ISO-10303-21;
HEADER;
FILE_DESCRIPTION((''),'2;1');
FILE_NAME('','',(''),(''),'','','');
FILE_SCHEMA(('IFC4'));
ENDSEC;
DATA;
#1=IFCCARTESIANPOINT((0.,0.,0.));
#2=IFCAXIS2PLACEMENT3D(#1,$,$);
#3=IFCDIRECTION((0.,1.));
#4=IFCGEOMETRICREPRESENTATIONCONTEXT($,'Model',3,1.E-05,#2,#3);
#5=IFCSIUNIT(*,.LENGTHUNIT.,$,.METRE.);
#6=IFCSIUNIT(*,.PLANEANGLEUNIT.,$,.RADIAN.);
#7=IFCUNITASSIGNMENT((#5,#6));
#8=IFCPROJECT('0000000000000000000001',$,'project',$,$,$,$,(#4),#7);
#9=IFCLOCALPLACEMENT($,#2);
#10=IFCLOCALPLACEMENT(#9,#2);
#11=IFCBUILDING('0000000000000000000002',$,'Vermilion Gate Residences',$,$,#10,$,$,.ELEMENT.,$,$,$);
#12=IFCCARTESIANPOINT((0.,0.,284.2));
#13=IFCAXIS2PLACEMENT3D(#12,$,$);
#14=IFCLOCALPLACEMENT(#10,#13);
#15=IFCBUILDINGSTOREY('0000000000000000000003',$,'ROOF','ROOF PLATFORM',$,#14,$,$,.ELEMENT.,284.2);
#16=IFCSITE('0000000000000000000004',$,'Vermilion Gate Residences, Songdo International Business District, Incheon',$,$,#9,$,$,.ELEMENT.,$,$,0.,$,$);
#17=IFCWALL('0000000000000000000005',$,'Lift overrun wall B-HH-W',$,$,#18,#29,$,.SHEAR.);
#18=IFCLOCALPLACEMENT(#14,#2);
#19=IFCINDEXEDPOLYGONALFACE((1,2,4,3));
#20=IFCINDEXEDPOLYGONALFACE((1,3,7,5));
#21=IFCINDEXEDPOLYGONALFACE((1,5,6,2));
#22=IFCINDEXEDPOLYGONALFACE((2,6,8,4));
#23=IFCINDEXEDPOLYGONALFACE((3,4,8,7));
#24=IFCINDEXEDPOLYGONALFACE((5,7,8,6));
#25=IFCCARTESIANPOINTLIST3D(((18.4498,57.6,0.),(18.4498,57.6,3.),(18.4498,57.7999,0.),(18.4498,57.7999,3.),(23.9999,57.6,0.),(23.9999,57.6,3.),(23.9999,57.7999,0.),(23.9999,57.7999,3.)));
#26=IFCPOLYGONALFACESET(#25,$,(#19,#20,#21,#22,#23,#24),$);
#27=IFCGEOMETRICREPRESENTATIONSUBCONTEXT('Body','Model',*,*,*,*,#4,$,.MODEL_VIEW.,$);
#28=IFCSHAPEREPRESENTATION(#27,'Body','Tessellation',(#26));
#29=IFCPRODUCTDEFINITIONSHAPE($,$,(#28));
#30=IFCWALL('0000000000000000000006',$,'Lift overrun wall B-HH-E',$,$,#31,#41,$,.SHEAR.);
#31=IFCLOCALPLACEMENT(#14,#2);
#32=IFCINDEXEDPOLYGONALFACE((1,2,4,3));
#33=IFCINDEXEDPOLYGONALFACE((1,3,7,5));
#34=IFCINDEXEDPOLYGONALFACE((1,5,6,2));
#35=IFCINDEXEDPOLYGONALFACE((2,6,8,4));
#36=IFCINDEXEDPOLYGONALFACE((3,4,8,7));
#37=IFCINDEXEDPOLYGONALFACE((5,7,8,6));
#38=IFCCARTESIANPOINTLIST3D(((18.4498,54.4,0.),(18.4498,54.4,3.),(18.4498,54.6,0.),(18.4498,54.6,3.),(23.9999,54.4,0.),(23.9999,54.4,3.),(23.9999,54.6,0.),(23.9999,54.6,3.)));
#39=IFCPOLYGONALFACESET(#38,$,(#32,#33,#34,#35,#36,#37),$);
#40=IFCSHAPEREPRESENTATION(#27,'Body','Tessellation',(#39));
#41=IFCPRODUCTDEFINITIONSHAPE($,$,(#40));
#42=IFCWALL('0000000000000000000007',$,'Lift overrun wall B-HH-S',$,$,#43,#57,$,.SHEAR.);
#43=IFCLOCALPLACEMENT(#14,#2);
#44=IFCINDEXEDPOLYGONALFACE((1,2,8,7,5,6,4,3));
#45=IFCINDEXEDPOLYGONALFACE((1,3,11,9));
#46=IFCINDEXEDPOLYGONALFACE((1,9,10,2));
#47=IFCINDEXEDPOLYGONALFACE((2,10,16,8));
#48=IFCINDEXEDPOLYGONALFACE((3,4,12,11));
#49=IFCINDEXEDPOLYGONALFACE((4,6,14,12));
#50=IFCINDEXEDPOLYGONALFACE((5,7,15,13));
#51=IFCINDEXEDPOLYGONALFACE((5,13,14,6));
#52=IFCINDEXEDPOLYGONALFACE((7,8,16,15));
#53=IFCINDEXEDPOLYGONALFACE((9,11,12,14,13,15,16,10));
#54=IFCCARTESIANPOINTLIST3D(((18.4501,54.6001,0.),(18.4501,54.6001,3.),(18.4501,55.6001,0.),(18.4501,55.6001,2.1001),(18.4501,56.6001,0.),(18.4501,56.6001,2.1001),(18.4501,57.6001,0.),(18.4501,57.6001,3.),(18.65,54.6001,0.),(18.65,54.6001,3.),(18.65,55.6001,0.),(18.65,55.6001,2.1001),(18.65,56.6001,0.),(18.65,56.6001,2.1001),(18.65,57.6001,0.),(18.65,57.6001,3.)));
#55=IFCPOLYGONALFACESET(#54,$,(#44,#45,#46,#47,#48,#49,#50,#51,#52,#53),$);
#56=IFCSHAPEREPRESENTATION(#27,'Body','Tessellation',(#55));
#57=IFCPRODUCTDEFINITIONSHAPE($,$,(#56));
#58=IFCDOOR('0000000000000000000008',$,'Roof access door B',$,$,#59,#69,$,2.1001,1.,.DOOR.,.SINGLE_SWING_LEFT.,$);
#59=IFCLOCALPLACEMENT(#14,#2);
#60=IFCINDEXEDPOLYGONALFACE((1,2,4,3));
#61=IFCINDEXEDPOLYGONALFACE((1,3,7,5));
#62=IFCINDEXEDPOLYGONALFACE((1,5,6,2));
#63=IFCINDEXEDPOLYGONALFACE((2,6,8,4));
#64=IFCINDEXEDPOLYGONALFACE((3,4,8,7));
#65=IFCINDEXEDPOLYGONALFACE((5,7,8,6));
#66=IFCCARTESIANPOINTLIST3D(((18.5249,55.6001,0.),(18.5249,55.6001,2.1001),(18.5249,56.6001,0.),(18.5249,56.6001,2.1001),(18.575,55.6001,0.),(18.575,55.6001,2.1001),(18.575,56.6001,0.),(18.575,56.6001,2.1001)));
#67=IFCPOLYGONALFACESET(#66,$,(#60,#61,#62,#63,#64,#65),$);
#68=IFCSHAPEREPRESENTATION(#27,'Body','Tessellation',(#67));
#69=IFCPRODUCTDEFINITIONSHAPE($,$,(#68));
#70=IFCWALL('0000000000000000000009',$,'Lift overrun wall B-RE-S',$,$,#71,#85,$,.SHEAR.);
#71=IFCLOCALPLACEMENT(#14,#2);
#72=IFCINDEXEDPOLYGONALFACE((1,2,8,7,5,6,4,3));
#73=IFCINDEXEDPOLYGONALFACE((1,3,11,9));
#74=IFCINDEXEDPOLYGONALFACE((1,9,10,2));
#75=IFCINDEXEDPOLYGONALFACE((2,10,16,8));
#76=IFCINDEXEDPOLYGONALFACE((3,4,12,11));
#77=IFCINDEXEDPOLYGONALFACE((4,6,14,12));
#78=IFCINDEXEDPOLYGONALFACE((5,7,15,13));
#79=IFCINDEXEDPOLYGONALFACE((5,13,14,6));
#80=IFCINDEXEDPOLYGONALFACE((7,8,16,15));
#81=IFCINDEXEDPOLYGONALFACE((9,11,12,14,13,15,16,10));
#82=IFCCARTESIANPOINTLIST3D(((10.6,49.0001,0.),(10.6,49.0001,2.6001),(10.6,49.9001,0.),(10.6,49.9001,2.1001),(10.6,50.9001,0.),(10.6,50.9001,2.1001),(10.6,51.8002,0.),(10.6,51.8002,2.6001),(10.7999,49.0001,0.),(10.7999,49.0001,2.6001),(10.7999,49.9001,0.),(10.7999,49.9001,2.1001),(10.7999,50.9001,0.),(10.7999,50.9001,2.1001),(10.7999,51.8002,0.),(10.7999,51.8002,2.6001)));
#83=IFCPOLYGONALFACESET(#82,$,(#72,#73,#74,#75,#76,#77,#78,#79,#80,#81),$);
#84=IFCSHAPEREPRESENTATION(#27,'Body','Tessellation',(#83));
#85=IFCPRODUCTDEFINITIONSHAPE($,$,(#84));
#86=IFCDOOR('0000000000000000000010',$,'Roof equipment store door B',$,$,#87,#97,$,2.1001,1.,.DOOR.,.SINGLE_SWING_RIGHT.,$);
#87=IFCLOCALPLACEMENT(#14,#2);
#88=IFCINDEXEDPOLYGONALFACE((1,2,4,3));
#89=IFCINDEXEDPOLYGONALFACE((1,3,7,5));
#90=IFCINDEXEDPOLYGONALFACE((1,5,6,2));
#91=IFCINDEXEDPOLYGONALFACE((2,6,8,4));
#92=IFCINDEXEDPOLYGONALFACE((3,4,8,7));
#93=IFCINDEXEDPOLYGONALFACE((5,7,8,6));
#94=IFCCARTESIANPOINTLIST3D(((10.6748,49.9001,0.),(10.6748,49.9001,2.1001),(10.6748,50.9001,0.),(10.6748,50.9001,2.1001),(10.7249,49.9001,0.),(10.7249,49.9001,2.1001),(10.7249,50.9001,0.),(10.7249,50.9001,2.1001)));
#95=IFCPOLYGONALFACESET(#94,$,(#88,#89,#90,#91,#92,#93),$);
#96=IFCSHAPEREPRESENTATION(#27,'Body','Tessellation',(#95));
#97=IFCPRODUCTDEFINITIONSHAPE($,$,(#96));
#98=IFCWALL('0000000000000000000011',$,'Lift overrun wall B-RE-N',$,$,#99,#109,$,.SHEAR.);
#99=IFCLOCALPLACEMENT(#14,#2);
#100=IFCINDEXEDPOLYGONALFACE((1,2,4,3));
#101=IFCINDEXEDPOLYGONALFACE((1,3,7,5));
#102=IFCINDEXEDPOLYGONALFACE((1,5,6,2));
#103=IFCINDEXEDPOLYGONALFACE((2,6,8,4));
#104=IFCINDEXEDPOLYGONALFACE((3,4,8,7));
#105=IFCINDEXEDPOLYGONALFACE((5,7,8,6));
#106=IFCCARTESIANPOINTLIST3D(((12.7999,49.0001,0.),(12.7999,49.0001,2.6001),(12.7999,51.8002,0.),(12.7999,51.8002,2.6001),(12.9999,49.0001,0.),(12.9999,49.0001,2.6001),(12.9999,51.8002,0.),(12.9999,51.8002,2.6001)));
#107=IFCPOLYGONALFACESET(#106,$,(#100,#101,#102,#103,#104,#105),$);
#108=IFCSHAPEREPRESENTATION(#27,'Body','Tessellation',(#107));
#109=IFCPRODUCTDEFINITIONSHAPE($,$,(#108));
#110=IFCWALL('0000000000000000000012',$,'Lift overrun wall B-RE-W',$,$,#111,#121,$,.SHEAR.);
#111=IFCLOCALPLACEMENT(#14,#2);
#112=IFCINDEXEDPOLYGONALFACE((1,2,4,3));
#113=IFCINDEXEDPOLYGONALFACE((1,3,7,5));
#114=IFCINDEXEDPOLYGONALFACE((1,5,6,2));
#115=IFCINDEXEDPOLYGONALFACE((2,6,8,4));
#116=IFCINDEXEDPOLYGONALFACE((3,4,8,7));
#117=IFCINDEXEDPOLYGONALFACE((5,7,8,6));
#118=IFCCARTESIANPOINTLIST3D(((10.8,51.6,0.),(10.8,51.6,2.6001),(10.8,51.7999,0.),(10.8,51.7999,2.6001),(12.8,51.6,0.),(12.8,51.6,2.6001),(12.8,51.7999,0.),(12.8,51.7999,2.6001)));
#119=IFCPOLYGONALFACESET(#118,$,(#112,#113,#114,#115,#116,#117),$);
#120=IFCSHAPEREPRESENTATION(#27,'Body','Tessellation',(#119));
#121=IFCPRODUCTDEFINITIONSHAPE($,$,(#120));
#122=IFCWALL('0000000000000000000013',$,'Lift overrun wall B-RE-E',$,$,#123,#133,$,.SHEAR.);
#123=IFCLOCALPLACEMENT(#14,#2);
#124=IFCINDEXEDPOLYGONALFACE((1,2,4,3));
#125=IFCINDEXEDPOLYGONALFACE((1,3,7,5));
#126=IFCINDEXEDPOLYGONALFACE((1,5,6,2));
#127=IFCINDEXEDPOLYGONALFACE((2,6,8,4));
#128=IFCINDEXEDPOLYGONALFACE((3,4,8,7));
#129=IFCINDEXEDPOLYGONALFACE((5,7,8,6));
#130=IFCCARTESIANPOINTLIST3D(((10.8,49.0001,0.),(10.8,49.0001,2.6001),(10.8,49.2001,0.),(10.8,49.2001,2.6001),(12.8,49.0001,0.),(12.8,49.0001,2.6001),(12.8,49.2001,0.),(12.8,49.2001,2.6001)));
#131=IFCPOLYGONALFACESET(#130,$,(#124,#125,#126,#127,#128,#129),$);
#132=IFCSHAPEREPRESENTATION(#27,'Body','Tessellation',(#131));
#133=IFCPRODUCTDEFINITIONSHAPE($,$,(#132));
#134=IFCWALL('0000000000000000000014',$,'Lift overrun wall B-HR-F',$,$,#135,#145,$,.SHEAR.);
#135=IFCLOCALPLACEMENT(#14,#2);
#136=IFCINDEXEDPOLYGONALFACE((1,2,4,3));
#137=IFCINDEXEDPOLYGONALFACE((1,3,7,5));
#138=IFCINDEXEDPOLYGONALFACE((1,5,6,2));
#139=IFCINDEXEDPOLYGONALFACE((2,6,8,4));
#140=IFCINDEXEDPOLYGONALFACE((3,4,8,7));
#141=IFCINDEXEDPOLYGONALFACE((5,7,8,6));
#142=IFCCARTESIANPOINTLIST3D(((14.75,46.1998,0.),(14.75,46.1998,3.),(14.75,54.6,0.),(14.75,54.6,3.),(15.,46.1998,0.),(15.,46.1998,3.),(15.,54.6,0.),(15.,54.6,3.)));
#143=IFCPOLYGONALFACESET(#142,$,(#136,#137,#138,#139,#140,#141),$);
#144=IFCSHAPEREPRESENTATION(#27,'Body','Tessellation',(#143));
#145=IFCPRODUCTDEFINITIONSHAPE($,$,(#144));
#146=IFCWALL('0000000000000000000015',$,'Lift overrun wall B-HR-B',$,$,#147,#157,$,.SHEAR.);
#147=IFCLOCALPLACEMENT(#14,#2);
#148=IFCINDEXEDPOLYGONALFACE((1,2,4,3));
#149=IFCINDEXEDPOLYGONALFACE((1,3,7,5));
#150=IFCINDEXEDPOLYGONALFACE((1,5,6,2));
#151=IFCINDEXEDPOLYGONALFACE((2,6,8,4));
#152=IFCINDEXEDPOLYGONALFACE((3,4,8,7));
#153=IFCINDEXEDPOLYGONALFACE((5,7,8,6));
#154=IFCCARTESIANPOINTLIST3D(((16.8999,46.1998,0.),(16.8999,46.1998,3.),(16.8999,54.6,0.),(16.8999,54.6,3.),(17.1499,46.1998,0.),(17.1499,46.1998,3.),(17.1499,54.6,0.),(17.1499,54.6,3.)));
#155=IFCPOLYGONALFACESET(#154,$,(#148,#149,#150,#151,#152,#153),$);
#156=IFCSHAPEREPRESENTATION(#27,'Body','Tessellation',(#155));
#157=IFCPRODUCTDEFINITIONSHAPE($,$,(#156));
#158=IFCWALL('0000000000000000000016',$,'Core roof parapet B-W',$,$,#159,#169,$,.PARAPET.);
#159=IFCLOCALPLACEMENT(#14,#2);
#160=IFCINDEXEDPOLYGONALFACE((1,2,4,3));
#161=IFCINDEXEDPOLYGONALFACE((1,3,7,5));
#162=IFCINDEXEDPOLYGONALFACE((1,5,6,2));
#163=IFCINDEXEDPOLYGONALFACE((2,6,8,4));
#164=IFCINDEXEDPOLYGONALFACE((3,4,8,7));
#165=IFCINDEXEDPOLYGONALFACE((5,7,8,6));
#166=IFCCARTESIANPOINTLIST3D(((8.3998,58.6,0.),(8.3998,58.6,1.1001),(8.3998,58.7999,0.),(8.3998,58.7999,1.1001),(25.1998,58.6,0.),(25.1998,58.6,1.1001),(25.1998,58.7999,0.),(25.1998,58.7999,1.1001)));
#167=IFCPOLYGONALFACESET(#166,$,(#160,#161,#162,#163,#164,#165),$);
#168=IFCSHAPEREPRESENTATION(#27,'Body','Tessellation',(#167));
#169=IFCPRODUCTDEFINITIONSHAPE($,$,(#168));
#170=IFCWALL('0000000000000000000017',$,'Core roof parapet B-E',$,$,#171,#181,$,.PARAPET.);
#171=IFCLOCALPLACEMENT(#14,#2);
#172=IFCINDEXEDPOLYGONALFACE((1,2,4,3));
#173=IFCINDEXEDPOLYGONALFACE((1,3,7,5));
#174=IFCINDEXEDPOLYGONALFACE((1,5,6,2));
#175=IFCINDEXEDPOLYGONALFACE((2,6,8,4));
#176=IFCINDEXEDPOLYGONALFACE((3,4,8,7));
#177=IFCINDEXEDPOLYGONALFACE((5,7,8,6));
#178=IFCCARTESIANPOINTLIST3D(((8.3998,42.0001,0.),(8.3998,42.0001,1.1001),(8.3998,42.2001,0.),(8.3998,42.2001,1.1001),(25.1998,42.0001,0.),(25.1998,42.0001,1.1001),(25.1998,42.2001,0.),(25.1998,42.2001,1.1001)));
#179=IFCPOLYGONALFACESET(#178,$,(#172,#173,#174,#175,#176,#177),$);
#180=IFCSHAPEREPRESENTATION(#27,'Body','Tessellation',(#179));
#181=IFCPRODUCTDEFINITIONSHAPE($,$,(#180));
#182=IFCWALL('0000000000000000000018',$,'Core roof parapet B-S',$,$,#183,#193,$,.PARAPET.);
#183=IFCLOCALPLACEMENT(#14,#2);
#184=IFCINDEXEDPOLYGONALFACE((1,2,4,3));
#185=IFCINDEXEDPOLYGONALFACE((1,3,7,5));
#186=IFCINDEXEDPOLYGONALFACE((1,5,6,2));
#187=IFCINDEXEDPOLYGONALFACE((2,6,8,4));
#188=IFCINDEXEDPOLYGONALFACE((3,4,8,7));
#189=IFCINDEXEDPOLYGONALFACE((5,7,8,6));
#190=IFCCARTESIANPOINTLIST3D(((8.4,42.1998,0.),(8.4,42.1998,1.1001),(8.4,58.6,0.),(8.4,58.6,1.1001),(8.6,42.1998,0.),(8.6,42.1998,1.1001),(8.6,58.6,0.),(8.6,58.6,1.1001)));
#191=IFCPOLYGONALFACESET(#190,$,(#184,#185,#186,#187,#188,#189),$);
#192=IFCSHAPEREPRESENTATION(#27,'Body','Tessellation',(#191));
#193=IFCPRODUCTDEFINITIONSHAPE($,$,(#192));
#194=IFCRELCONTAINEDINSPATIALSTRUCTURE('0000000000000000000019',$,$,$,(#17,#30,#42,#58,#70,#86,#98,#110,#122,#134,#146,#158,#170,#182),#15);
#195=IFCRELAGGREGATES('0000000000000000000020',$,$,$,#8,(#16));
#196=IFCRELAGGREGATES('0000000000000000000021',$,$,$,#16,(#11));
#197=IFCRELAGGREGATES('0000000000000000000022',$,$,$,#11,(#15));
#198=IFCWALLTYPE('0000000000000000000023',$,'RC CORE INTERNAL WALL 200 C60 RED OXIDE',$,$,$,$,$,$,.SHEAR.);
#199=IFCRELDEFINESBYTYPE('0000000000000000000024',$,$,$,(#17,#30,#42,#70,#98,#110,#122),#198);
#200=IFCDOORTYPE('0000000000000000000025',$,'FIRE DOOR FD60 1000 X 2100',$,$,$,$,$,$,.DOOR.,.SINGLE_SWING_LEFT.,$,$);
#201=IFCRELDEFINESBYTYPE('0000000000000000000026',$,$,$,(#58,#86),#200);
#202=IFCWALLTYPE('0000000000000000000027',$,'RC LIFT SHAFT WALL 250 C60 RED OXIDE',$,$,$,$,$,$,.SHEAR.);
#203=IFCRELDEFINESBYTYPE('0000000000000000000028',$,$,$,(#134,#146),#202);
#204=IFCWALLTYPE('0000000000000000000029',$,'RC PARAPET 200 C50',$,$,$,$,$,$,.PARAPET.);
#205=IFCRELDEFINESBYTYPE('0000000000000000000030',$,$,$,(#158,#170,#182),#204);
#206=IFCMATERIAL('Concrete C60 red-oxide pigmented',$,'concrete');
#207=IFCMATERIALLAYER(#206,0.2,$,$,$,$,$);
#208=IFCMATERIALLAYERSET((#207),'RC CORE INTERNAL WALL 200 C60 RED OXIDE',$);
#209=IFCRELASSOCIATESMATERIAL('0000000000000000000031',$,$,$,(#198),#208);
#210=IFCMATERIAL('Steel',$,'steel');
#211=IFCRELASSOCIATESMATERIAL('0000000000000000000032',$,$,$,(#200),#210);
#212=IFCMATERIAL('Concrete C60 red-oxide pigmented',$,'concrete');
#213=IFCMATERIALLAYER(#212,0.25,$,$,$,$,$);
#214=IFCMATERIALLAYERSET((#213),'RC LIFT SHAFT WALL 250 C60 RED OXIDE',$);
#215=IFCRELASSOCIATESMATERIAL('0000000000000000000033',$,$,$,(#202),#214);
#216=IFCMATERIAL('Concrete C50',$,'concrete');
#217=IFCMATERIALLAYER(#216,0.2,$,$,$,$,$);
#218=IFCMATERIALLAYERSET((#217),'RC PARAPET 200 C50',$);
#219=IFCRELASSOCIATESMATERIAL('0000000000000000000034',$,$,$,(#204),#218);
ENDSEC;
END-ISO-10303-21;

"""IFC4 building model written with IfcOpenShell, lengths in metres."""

from ifc_helpers import new_model, si_unit, direction, frame, frame_2d, origin, place, context, subcontext, project, spatial, rectangle, extrude, material, layer, layer_set, type_object, element, fill, save


model = new_model("IFC4")

# Units and contexts
model_context = context("Model", 3, precision=1e-05, world=origin(), true_north=direction((0.0, 1.0)))
body_context = subcontext(model_context, "Body", "Model", "MODEL_VIEW")
ifc_project = project(units=[si_unit("LENGTHUNIT", "METRE"), si_unit("PLANEANGLEUNIT", "RADIAN")], contexts=[model_context])

# Site, building, storey
site_placement = place(None, origin())
site = spatial("IfcSite", under=ifc_project, at=site_placement, Name="Vermilion Gate Residences, Songdo International Business District, Incheon", CompositionType="ELEMENT", RefElevation=0.0)
building_placement = place(site_placement, origin())
building = spatial("IfcBuilding", under=site, at=building_placement, Name="Vermilion Gate Residences", CompositionType="ELEMENT")
storey_placement = place(building_placement, frame((0.0, 0.0, 284.2)))
storey = spatial("IfcBuildingStorey", under=building, at=storey_placement, Name="ROOF", Description="ROOF PLATFORM", CompositionType="ELEMENT", Elevation=284.2)

# Shared definitions
ifc_material_1 = material(Name="Concrete C60 red-oxide pigmented", Category="concrete")
ifc_layer_1 = layer(ifc_material_1, 0.2)
ifc_layer_set_1 = layer_set([ifc_layer_1], Name="RC CORE INTERNAL WALL 200 C60 RED OXIDE")
wall_type_1 = type_object("IfcWallType", Name="RC CORE INTERNAL WALL 200 C60 RED OXIDE", PredefinedType="SHEAR", material=ifc_layer_set_1)

# Walls
for number, where, z_axis, x_axis, name in (
    (1, (18.45, 57.7, 0.0), (0.0, 0.0, 1.0), (1.0, 0.0, 0.0), "Lift overrun wall B-HH-W"),
    (2, (18.45, 54.5, 0.0), (0.0, 0.0, 1.0), (1.0, 0.0, 0.0), "Lift overrun wall B-HH-E"),
):
    element("IfcWall", number, at=place(storey_placement, frame(where, z_axis=z_axis, x_axis=x_axis)), inside=storey, type_object=wall_type_1, Name=name, PredefinedType="SHEAR", context=body_context, shape_type="SweptSolid", body=[
        extrude(rectangle(XDim=5.55, YDim=0.2, at=frame_2d((2.7749, 0.0))), origin(), (0.0, 0.0, 1.0), 3.0),
    ])

# Walls, openings, doors
wall_1_placement = place(storey_placement, frame((18.55, 57.6001, 0.0), z_axis=(0.0, 0.0, 1.0), x_axis=(0.0, -1.0, 0.0)))
wall_1 = element("IfcWall", 3, at=wall_1_placement, inside=storey, type_object=wall_type_1, Name="Lift overrun wall B-HH-S", PredefinedType="SHEAR", context=body_context, shape_type="SweptSolid", body=[
    extrude(rectangle(XDim=3.0, YDim=0.2, at=frame_2d((1.5, 0.0))), origin(), (0.0, 0.0, 1.0), 3.0),
])
opening_1_placement = place(wall_1_placement, frame((1.0, 0.0, 0.0)))
opening_1 = element("IfcOpeningElement", 4, at=opening_1_placement, cuts=wall_1, PredefinedType="OPENING", context=body_context, shape_type="SweptSolid", body=[
    extrude(rectangle(XDim=1.0, YDim=2.1001, at=frame_2d((0.5, 1.05))), frame((0.0, 0.1099, 0.0), z_axis=(0.0, -1.0, 0.0), x_axis=(1.0, 0.0, 0.0)), (0.0, 0.0, 1.0), 0.22),
])
ifc_material_2 = material(Name="Steel", Category="steel")
door_type_1 = type_object("IfcDoorType", Name="FIRE DOOR FD60 1000 X 2100", OperationType="SINGLE_SWING_LEFT", PredefinedType="DOOR", material=ifc_material_2)
door_1_placement = place(opening_1_placement, origin())
door_1 = element("IfcDoor", 5, at=door_1_placement, inside=storey, type_object=door_type_1, Name="Roof access door B", OperationType="SINGLE_SWING_LEFT", OverallHeight=2.1001, OverallWidth=1.0, PredefinedType="DOOR", context=body_context, shape_type="SweptSolid", body=[
    extrude(rectangle(XDim=1.0, YDim=2.1001, at=frame_2d((0.5, 1.05))), frame((0.0, 0.0249, 0.0), z_axis=(0.0, -1.0, 0.0), x_axis=(1.0, 0.0, 0.0)), (0.0, 0.0, 1.0), 0.05),
])
fill(opening_1, door_1)
wall_2_placement = place(storey_placement, frame((10.7, 51.8, 0.0), z_axis=(0.0, 0.0, 1.0), x_axis=(0.0, -1.0, 0.0)))
wall_2 = element("IfcWall", 6, at=wall_2_placement, inside=storey, type_object=wall_type_1, Name="Lift overrun wall B-RE-S", PredefinedType="SHEAR", context=body_context, shape_type="SweptSolid", body=[
    extrude(rectangle(XDim=2.8, YDim=0.2, at=frame_2d((1.3999, 0.0))), origin(), (0.0, 0.0, 1.0), 2.6001),
])
opening_2_placement = place(wall_2_placement, frame((0.8999, 0.0, 0.0)))
opening_2 = element("IfcOpeningElement", 7, at=opening_2_placement, cuts=wall_2, PredefinedType="OPENING", context=body_context, shape_type="SweptSolid", body=[
    extrude(rectangle(XDim=1.0, YDim=2.1001, at=frame_2d((0.5, 1.05))), frame((0.0, 0.1099, 0.0), z_axis=(0.0, -1.0, 0.0), x_axis=(1.0, 0.0, 0.0)), (0.0, 0.0, 1.0), 0.22),
])
door_2_placement = place(opening_2_placement, origin())
door_2 = element("IfcDoor", 8, at=door_2_placement, inside=storey, type_object=door_type_1, Name="Roof equipment store door B", OperationType="SINGLE_SWING_RIGHT", OverallHeight=2.1001, OverallWidth=1.0, PredefinedType="DOOR", context=body_context, shape_type="SweptSolid", body=[
    extrude(rectangle(XDim=1.0, YDim=2.1001, at=frame_2d((0.5, 1.05))), frame((0.0, 0.0249, 0.0), z_axis=(0.0, -1.0, 0.0), x_axis=(1.0, 0.0, 0.0)), (0.0, 0.0, 1.0), 0.05),
])
fill(opening_2, door_2)

# Walls
wall_3_placement = place(storey_placement, frame((12.8999, 51.8, 0.0), z_axis=(0.0, 0.0, 1.0), x_axis=(0.0, -1.0, 0.0)))
element("IfcWall", 9, at=wall_3_placement, inside=storey, type_object=wall_type_1, Name="Lift overrun wall B-RE-N", PredefinedType="SHEAR", context=body_context, shape_type="SweptSolid", body=[
    extrude(rectangle(XDim=2.8, YDim=0.2, at=frame_2d((1.3999, 0.0))), origin(), (0.0, 0.0, 1.0), 2.6001),
])
for number, where, z_axis, x_axis, name in (
    (10, (10.8, 51.7, 0.0), (0.0, 0.0, 1.0), (1.0, 0.0, 0.0), "Lift overrun wall B-RE-W"),
    (11, (10.8, 49.1001, 0.0), (0.0, 0.0, 1.0), (1.0, 0.0, 0.0), "Lift overrun wall B-RE-E"),
):
    element("IfcWall", number, at=place(storey_placement, frame(where, z_axis=z_axis, x_axis=x_axis)), inside=storey, type_object=wall_type_1, Name=name, PredefinedType="SHEAR", context=body_context, shape_type="SweptSolid", body=[
        extrude(rectangle(XDim=2.0, YDim=0.2, at=frame_2d((1.0, 0.0))), origin(), (0.0, 0.0, 1.0), 2.6001),
    ])
ifc_material_3 = material(Name="Concrete C60 red-oxide pigmented", Category="concrete")
ifc_layer_2 = layer(ifc_material_3, 0.25)
ifc_layer_set_2 = layer_set([ifc_layer_2], Name="RC LIFT SHAFT WALL 250 C60 RED OXIDE")
wall_type_2 = type_object("IfcWallType", Name="RC LIFT SHAFT WALL 250 C60 RED OXIDE", PredefinedType="SHEAR", material=ifc_layer_set_2)
for number, where, z_axis, x_axis, name in (
    (12, (14.875, 54.6001, 0.0), (0.0, 0.0, 1.0), (0.0, -1.0, 0.0), "Lift overrun wall B-HR-F"),
    (13, (17.0249, 54.6001, 0.0), (0.0, 0.0, 1.0), (0.0, -1.0, 0.0), "Lift overrun wall B-HR-B"),
):
    element("IfcWall", number, at=place(storey_placement, frame(where, z_axis=z_axis, x_axis=x_axis)), inside=storey, type_object=wall_type_2, Name=name, PredefinedType="SHEAR", context=body_context, shape_type="SweptSolid", body=[
        extrude(rectangle(XDim=8.4001, YDim=0.25, at=frame_2d((4.2002, 0.0))), origin(), (0.0, 0.0, 1.0), 3.0),
    ])
ifc_material_4 = material(Name="Concrete C50", Category="concrete")
ifc_layer_3 = layer(ifc_material_4, 0.2)
ifc_layer_set_3 = layer_set([ifc_layer_3], Name="RC PARAPET 200 C50")
wall_type_3 = type_object("IfcWallType", Name="RC PARAPET 200 C50", PredefinedType="PARAPET", material=ifc_layer_set_3)
for number, where, z_axis, x_axis, name in (
    (14, (8.3999, 58.7, 0.0), (0.0, 0.0, 1.0), (1.0, 0.0, 0.0), "Core roof parapet B-W"),
    (15, (8.3999, 42.1001, 0.0), (0.0, 0.0, 1.0), (1.0, 0.0, 0.0), "Core roof parapet B-E"),
):
    element("IfcWall", number, at=place(storey_placement, frame(where, z_axis=z_axis, x_axis=x_axis)), inside=storey, type_object=wall_type_3, Name=name, PredefinedType="PARAPET", context=body_context, shape_type="SweptSolid", body=[
        extrude(rectangle(XDim=16.8, YDim=0.2, at=frame_2d((8.3999, 0.0))), origin(), (0.0, 0.0, 1.0), 1.1001),
    ])
wall_4_placement = place(storey_placement, frame((8.5, 58.6001, 0.0), z_axis=(0.0, 0.0, 1.0), x_axis=(0.0, -1.0, 0.0)))
element("IfcWall", 16, at=wall_4_placement, inside=storey, type_object=wall_type_3, Name="Core roof parapet B-S", PredefinedType="PARAPET", context=body_context, shape_type="SweptSolid", body=[
    extrude(rectangle(XDim=16.4001, YDim=0.2, at=frame_2d((8.2002, 0.0))), origin(), (0.0, 0.0, 1.0), 1.1001),
])

save(model, "model.ifc")
